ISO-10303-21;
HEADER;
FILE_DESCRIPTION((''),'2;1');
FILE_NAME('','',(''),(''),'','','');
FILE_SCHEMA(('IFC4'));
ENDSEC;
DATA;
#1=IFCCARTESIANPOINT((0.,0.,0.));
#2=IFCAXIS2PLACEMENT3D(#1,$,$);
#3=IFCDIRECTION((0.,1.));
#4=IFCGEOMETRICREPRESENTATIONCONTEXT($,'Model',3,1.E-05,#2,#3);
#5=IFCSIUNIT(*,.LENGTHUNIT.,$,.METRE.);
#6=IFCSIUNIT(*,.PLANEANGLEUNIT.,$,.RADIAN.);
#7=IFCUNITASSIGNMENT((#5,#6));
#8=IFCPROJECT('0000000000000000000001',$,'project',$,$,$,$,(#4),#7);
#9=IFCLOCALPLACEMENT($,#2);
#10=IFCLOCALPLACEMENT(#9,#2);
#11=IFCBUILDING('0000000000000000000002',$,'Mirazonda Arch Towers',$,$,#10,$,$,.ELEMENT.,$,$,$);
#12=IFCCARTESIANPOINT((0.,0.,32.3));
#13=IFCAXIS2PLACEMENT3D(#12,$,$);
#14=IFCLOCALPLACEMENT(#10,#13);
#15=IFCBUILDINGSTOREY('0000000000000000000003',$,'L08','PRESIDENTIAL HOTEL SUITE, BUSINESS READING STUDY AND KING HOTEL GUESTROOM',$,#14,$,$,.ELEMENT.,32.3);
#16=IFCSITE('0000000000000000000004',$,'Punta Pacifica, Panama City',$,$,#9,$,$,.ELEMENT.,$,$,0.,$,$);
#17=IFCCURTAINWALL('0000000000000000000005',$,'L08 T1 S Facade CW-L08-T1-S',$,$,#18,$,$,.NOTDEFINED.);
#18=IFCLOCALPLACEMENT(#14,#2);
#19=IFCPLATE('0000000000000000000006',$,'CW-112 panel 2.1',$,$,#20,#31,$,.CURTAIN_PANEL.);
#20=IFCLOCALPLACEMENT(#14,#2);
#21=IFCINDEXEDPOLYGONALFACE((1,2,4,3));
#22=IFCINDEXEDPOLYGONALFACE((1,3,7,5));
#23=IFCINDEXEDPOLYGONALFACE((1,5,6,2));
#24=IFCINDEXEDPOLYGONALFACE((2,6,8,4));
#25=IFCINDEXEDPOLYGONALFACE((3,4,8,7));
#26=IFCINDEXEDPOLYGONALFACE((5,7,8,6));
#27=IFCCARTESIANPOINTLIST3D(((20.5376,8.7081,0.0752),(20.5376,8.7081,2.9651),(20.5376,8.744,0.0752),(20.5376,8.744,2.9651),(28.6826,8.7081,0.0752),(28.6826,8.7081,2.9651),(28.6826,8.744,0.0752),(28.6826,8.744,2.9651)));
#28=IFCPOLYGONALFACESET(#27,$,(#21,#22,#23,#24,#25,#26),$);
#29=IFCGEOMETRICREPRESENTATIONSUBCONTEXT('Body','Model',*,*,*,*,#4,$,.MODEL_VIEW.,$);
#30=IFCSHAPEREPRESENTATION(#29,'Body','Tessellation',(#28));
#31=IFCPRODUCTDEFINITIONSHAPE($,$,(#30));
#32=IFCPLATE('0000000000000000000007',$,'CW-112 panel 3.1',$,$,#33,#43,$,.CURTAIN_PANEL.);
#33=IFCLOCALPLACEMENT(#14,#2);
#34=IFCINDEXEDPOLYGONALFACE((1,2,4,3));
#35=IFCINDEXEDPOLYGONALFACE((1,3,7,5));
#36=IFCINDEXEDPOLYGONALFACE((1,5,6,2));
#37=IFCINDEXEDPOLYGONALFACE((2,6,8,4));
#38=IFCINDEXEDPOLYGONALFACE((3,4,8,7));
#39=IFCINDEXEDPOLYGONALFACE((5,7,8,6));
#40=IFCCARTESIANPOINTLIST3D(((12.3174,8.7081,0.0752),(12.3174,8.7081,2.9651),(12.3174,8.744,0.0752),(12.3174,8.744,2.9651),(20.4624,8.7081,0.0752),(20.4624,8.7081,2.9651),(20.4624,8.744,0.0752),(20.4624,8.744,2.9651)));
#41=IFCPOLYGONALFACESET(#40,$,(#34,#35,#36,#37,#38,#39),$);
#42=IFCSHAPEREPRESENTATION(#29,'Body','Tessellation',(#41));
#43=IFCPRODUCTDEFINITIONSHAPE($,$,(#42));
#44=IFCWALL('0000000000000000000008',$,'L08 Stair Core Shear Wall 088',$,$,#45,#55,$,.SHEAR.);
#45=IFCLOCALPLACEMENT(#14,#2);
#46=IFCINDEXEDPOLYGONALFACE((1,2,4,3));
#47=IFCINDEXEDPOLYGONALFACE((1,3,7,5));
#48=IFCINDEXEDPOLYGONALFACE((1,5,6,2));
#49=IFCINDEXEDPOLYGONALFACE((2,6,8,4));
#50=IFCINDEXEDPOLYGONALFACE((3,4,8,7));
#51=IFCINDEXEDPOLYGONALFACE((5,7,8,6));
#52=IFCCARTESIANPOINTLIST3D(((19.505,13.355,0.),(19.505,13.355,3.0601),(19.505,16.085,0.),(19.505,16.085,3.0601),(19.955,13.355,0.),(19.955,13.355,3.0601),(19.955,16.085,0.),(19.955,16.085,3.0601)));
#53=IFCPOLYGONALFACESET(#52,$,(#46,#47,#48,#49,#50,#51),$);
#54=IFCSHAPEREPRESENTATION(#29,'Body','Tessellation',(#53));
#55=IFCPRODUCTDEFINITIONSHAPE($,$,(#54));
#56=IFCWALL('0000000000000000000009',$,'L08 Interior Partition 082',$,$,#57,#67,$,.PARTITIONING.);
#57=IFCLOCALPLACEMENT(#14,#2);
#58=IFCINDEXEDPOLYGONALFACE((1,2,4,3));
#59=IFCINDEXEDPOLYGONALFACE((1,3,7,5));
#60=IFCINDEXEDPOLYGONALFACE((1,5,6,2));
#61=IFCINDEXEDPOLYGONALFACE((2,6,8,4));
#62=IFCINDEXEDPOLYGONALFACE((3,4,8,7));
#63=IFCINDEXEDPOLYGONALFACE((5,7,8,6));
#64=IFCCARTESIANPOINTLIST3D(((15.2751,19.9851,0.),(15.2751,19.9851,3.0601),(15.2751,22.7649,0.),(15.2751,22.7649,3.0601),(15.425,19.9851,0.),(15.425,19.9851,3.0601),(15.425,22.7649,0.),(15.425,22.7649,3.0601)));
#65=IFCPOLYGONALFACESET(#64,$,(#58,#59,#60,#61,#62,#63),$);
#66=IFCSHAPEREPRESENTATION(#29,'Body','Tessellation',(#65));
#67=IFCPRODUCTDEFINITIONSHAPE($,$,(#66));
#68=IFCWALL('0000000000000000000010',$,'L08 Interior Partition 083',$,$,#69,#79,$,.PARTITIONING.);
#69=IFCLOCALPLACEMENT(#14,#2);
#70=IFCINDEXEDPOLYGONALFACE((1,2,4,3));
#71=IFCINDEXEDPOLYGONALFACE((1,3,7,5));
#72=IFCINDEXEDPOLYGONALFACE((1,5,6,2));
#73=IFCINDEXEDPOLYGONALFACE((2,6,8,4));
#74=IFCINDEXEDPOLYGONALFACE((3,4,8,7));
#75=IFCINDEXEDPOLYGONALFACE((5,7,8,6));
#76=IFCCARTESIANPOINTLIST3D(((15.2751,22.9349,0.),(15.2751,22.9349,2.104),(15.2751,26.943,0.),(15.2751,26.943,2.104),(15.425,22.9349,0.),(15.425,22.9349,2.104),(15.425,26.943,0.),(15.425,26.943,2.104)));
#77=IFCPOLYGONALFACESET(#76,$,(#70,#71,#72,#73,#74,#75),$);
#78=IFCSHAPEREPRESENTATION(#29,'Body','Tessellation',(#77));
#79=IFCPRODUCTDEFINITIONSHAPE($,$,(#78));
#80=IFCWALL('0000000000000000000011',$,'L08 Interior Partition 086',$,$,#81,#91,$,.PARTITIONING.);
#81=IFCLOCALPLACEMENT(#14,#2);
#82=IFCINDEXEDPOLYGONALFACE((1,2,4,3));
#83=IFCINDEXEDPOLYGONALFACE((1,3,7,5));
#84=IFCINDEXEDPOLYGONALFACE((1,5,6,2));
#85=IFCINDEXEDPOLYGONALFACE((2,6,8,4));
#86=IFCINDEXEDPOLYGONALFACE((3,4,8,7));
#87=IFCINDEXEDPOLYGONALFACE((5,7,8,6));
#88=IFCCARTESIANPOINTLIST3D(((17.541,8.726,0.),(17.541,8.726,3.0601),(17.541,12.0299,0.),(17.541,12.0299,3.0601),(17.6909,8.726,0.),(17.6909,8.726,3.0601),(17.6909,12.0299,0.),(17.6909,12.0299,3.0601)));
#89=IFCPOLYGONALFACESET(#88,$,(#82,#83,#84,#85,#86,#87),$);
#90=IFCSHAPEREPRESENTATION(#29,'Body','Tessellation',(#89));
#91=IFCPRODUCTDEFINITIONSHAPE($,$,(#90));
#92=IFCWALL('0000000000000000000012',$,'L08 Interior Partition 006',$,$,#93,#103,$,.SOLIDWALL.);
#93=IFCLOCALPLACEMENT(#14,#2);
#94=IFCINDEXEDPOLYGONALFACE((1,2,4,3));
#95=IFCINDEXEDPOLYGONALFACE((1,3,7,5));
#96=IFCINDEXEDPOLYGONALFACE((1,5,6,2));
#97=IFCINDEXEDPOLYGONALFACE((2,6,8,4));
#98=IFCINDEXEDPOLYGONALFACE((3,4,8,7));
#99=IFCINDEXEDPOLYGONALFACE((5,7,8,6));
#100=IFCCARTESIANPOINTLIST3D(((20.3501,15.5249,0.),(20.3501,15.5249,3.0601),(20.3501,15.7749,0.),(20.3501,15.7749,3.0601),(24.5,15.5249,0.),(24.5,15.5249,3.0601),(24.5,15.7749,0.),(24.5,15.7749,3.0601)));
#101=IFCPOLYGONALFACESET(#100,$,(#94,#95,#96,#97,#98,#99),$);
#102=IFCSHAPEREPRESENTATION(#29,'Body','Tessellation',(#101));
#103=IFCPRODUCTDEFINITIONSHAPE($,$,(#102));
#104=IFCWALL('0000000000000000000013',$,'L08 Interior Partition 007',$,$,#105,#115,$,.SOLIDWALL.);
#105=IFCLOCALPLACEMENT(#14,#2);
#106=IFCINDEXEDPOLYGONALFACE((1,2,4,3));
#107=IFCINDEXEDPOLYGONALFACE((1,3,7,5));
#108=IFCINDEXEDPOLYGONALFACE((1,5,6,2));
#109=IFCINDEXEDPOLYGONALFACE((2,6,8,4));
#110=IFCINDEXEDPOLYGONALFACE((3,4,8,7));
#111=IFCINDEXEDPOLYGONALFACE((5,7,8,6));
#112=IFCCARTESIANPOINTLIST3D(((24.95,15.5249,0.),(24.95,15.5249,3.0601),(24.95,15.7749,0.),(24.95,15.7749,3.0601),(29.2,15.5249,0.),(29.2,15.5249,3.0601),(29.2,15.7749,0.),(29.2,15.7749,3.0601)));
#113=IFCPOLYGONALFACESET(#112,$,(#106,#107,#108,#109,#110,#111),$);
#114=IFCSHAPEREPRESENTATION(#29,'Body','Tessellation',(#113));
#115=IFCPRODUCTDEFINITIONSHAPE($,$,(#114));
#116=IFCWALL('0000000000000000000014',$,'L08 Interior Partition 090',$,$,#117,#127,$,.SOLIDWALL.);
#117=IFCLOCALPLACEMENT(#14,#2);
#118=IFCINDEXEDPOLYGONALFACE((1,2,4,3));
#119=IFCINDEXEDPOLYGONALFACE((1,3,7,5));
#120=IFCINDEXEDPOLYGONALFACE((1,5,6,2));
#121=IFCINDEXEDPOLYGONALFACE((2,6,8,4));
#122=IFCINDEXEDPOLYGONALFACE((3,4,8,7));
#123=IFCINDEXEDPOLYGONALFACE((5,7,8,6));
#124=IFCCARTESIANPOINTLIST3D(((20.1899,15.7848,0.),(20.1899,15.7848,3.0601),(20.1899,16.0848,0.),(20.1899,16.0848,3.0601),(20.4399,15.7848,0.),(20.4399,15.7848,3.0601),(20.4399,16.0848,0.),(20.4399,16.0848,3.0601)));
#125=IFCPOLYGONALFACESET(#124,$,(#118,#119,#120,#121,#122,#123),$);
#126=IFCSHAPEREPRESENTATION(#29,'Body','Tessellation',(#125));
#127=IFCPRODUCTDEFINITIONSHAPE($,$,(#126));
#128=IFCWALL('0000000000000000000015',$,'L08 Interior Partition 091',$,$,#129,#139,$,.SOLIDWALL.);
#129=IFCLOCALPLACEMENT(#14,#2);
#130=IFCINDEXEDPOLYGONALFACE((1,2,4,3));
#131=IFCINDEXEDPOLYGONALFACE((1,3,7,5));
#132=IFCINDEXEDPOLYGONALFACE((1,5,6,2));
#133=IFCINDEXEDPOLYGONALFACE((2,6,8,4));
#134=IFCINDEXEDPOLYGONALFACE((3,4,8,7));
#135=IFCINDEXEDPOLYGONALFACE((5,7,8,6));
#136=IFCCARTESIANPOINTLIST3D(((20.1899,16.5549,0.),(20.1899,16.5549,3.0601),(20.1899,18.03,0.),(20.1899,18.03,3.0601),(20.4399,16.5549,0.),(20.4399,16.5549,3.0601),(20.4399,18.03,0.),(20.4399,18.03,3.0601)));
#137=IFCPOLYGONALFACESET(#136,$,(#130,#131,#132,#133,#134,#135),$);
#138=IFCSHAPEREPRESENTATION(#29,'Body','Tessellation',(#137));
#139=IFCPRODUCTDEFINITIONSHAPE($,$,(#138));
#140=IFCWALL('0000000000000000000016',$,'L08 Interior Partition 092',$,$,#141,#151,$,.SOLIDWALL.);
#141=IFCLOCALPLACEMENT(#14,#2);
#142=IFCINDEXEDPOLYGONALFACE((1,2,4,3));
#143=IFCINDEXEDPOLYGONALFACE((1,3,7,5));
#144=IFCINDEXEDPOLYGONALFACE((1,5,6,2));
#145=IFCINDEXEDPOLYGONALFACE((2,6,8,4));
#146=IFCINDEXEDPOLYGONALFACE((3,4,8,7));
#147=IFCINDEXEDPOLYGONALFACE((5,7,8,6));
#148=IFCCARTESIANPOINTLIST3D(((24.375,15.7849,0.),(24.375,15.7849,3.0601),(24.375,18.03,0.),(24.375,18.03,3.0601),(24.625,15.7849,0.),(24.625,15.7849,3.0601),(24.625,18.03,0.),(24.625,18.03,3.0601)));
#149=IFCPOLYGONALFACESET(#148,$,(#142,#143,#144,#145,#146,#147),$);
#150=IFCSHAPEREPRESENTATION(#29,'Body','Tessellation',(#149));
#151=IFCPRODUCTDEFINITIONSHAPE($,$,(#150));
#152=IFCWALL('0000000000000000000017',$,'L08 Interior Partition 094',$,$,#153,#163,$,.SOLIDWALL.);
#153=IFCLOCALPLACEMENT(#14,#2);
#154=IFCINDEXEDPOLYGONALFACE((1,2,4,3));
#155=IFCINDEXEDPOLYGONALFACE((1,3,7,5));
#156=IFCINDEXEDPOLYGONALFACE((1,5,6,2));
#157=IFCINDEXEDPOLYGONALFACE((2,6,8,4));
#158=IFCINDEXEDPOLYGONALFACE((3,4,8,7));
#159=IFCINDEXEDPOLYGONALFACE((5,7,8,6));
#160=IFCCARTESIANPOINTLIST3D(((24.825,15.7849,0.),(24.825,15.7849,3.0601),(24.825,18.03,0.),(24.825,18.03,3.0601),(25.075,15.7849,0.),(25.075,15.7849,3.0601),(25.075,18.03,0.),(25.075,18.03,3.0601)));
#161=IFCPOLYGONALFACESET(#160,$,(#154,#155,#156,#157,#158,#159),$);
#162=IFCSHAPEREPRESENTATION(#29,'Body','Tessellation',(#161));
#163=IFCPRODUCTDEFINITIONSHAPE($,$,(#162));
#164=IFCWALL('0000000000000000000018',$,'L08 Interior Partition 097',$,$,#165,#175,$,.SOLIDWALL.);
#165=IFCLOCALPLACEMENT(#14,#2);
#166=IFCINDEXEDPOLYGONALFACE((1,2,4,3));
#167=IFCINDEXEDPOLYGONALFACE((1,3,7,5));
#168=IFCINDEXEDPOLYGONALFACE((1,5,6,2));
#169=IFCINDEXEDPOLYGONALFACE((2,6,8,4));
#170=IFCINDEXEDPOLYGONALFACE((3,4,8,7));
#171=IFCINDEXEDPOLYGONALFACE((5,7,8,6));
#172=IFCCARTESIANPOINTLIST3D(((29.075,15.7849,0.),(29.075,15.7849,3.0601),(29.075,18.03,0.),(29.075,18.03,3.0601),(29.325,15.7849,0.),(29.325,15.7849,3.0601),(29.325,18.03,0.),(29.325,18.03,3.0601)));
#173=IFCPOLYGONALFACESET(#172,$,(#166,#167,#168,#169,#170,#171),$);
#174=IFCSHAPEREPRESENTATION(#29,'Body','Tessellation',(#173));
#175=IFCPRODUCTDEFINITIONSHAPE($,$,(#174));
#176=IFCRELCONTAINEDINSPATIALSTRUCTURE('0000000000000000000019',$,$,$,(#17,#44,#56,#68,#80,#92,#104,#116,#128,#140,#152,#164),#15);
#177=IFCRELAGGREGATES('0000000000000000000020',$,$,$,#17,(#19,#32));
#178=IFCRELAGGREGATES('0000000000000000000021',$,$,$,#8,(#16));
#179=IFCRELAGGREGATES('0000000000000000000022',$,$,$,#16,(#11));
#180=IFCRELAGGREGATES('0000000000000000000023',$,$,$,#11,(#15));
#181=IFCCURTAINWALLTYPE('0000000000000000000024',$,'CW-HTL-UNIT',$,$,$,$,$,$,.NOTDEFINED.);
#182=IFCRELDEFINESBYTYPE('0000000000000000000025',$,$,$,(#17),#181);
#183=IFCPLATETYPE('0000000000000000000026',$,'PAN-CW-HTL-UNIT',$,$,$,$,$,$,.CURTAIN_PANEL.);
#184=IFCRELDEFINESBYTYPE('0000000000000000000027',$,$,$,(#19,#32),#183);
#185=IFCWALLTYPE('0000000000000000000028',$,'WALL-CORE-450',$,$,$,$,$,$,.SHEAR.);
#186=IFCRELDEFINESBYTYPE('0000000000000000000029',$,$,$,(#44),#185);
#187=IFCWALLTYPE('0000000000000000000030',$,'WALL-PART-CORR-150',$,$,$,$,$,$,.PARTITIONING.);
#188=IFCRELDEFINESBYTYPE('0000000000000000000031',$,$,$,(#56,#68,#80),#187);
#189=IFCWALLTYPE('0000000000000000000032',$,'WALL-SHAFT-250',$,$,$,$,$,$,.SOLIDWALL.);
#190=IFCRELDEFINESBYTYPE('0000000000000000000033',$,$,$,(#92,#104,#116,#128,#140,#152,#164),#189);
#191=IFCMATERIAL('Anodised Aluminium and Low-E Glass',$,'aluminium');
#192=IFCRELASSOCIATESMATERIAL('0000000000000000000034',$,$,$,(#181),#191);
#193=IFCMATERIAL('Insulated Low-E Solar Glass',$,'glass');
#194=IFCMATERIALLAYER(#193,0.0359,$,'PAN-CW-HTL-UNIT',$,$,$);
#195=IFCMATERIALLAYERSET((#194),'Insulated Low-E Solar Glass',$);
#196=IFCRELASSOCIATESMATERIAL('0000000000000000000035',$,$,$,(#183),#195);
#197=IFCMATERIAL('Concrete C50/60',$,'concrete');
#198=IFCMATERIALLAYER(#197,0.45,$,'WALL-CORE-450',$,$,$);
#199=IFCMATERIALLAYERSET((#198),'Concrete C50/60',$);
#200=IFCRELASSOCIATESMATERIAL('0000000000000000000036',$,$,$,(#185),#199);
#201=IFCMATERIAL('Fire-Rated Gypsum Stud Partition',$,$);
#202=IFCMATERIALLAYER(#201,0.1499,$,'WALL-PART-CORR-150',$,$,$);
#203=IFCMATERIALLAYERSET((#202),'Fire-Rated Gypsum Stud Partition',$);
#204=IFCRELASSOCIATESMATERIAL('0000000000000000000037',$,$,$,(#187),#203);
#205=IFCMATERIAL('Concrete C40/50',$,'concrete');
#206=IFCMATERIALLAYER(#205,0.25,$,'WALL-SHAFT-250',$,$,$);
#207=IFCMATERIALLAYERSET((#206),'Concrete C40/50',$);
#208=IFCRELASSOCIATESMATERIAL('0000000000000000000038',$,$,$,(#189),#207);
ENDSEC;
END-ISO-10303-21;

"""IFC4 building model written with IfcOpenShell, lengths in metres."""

from ifc_helpers import new_model, si_unit, direction, frame, frame_2d, origin, origin_2d, place, context, subcontext, project, spatial, rectangle, extrude, material, layer, layer_set, type_object, element, aggregate, save


model = new_model("IFC4")

# Units and contexts
model_context = context("Model", 3, precision=1e-05, world=origin(), true_north=direction((0.0, 1.0)))
body_context = subcontext(model_context, "Body", "Model", "MODEL_VIEW")
ifc_project = project(units=[si_unit("LENGTHUNIT", "METRE"), si_unit("PLANEANGLEUNIT", "RADIAN")], contexts=[model_context])

# Site, building, storey
site_placement = place(None, origin())
site = spatial("IfcSite", under=ifc_project, at=site_placement, Name="Punta Pacifica, Panama City", CompositionType="ELEMENT", RefElevation=0.0)
building_placement = place(site_placement, origin())
building = spatial("IfcBuilding", under=site, at=building_placement, Name="Mirazonda Arch Towers", CompositionType="ELEMENT")
storey_placement = place(building_placement, frame((0.0, 0.0, 32.3)))
storey = spatial("IfcBuildingStorey", under=building, at=storey_placement, Name="L08", Description="PRESIDENTIAL HOTEL SUITE, BUSINESS READING STUDY AND KING HOTEL GUESTROOM", CompositionType="ELEMENT", Elevation=32.3)

# Curtain wall, plates
ifc_material_1 = material(Name="Anodised Aluminium and Low-E Glass", Category="aluminium")
curtain_wall_type = type_object("IfcCurtainWallType", Name="CW-HTL-UNIT", PredefinedType="NOTDEFINED", material=ifc_material_1)
curtain_wall_placement = place(storey_placement, origin())
curtain_wall = element("IfcCurtainWall", 1, at=curtain_wall_placement, inside=storey, type_object=curtain_wall_type, Name="L08 T1 S Facade CW-L08-T1-S", PredefinedType="NOTDEFINED")
ifc_material_2 = material(Name="Insulated Low-E Solar Glass", Category="glass")
ifc_layer_1 = layer(ifc_material_2, 0.0359, Name="PAN-CW-HTL-UNIT")
ifc_layer_set_1 = layer_set([ifc_layer_1], Name="Insulated Low-E Solar Glass")
plate_type = type_object("IfcPlateType", Name="PAN-CW-HTL-UNIT", PredefinedType="CURTAIN_PANEL", material=ifc_layer_set_1)
plate_1_placement = place(storey_placement, frame((24.6101, 8.7261, 0.0752), z_axis=(0.0, 0.0, 1.0), x_axis=(-1.0, 0.0, 0.0)))
plate_1 = element("IfcPlate", 2, at=plate_1_placement, type_object=plate_type, Name="CW-112 panel 2.1", PredefinedType="CURTAIN_PANEL", context=body_context, shape_type="SweptSolid", body=[
    extrude(rectangle(XDim=8.145, YDim=0.0359, at=origin_2d()), origin(), (0.0, 0.0, 1.0), 2.8899),
])
plate_2_placement = place(storey_placement, frame((16.3899, 8.7261, 0.0752), z_axis=(0.0, 0.0, 1.0), x_axis=(-1.0, 0.0, 0.0)))
plate_2 = element("IfcPlate", 3, at=plate_2_placement, type_object=plate_type, Name="CW-112 panel 3.1", PredefinedType="CURTAIN_PANEL", context=body_context, shape_type="SweptSolid", body=[
    extrude(rectangle(XDim=8.145, YDim=0.0359, at=origin_2d()), origin(), (0.0, 0.0, 1.0), 2.8899),
])
aggregate(curtain_wall, [plate_1, plate_2])

# Walls
ifc_material_3 = material(Name="Concrete C50/60", Category="concrete")
ifc_layer_2 = layer(ifc_material_3, 0.45, Name="WALL-CORE-450")
ifc_layer_set_2 = layer_set([ifc_layer_2], Name="Concrete C50/60")
wall_type_1 = type_object("IfcWallType", Name="WALL-CORE-450", PredefinedType="SHEAR", material=ifc_layer_set_2)
wall_1_placement = place(storey_placement, frame((19.73, 13.355, 0.0), z_axis=(0.0, 0.0, 1.0), x_axis=(0.0, 1.0, 0.0)))
element("IfcWall", 4, at=wall_1_placement, inside=storey, type_object=wall_type_1, Name="L08 Stair Core Shear Wall 088", PredefinedType="SHEAR", context=body_context, shape_type="SweptSolid", body=[
    extrude(rectangle(XDim=2.73, YDim=0.45, at=frame_2d((1.365, 0.0))), origin(), (0.0, 0.0, 1.0), 3.0601),
])
ifc_material_4 = material(Name="Fire-Rated Gypsum Stud Partition")
ifc_layer_3 = layer(ifc_material_4, 0.1499, Name="WALL-PART-CORR-150")
ifc_layer_set_3 = layer_set([ifc_layer_3], Name="Fire-Rated Gypsum Stud Partition")
wall_type_2 = type_object("IfcWallType", Name="WALL-PART-CORR-150", PredefinedType="PARTITIONING", material=ifc_layer_set_3)
wall_2_placement = place(storey_placement, frame((15.3501, 19.9851, 0.0), z_axis=(0.0, 0.0, 1.0), x_axis=(0.0, 1.0, 0.0)))
element("IfcWall", 5, at=wall_2_placement, inside=storey, type_object=wall_type_2, Name="L08 Interior Partition 082", PredefinedType="PARTITIONING", context=body_context, shape_type="SweptSolid", body=[
    extrude(rectangle(XDim=2.7798, YDim=0.1499, at=frame_2d((1.3899, 0.0))), origin(), (0.0, 0.0, 1.0), 3.0601),
])
wall_3_placement = place(storey_placement, frame((15.3501, 22.9351, 0.0), z_axis=(0.0, 0.0, 1.0), x_axis=(0.0, 1.0, 0.0)))
element("IfcWall", 6, at=wall_3_placement, inside=storey, type_object=wall_type_2, Name="L08 Interior Partition 083", PredefinedType="PARTITIONING", context=body_context, shape_type="SweptSolid", body=[
    extrude(rectangle(XDim=4.0081, YDim=0.1499, at=frame_2d((2.0039, 0.0))), origin(), (0.0, 0.0, 1.0), 2.104),
])
wall_4_placement = place(storey_placement, frame((17.616, 8.7261, 0.0), z_axis=(0.0, 0.0, 1.0), x_axis=(0.0, 1.0, 0.0)))
element("IfcWall", 7, at=wall_4_placement, inside=storey, type_object=wall_type_2, Name="L08 Interior Partition 086", PredefinedType="PARTITIONING", context=body_context, shape_type="SweptSolid", body=[
    extrude(rectangle(XDim=3.304, YDim=0.1499, at=frame_2d((1.6519, 0.0))), origin(), (0.0, 0.0, 1.0), 3.0601),
])
ifc_material_5 = material(Name="Concrete C40/50", Category="concrete")
ifc_layer_4 = layer(ifc_material_5, 0.25, Name="WALL-SHAFT-250")
ifc_layer_set_4 = layer_set([ifc_layer_4], Name="Concrete C40/50")
wall_type_3 = type_object("IfcWallType", Name="WALL-SHAFT-250", PredefinedType="SOLIDWALL", material=ifc_layer_set_4)
wall_5_placement = place(storey_placement, frame((20.3501, 15.6499, 0.0), z_axis=(0.0, 0.0, 1.0), x_axis=(1.0, 0.0, 0.0)))
element("IfcWall", 8, at=wall_5_placement, inside=storey, type_object=wall_type_3, Name="L08 Interior Partition 006", PredefinedType="SOLIDWALL", context=body_context, shape_type="SweptSolid", body=[
    extrude(rectangle(XDim=4.1499, YDim=0.25, at=frame_2d((2.075, 0.0))), origin(), (0.0, 0.0, 1.0), 3.0601),
])
wall_6_placement = place(storey_placement, frame((24.95, 15.6499, 0.0), z_axis=(0.0, 0.0, 1.0), x_axis=(1.0, 0.0, 0.0)))
element("IfcWall", 9, at=wall_6_placement, inside=storey, type_object=wall_type_3, Name="L08 Interior Partition 007", PredefinedType="SOLIDWALL", context=body_context, shape_type="SweptSolid", body=[
    extrude(rectangle(XDim=4.25, YDim=0.25, at=frame_2d((2.125, 0.0))), origin(), (0.0, 0.0, 1.0), 3.0601),
])
wall_7_placement = place(storey_placement, frame((20.3149, 15.7849, 0.0), z_axis=(0.0, 0.0, 1.0), x_axis=(0.0, 1.0, 0.0)))
element("IfcWall", 10, at=wall_7_placement, inside=storey, type_object=wall_type_3, Name="L08 Interior Partition 090", PredefinedType="SOLIDWALL", context=body_context, shape_type="SweptSolid", body=[
    extrude(rectangle(XDim=0.3, YDim=0.25, at=frame_2d((0.1499, 0.0))), origin(), (0.0, 0.0, 1.0), 3.0601),
])
wall_8_placement = place(storey_placement, frame((20.3149, 16.5549, 0.0), z_axis=(0.0, 0.0, 1.0), x_axis=(0.0, 1.0, 0.0)))
element("IfcWall", 11, at=wall_8_placement, inside=storey, type_object=wall_type_3, Name="L08 Interior Partition 091", PredefinedType="SOLIDWALL", context=body_context, shape_type="SweptSolid", body=[
    extrude(rectangle(XDim=1.4751, YDim=0.25, at=frame_2d((0.7375, 0.0))), origin(), (0.0, 0.0, 1.0), 3.0601),
])
for number, where, z_axis, x_axis, name in (
    (12, (24.5, 15.7849, 0.0), (0.0, 0.0, 1.0), (0.0, 1.0, 0.0), "L08 Interior Partition 092"),
    (13, (24.95, 15.7849, 0.0), (0.0, 0.0, 1.0), (0.0, 1.0, 0.0), "L08 Interior Partition 094"),
    (14, (29.2, 15.7849, 0.0), (0.0, 0.0, 1.0), (0.0, 1.0, 0.0), "L08 Interior Partition 097"),
):
    element("IfcWall", number, at=place(storey_placement, frame(where, z_axis=z_axis, x_axis=x_axis)), inside=storey, type_object=wall_type_3, Name=name, PredefinedType="SOLIDWALL", context=body_context, shape_type="SweptSolid", body=[
        extrude(rectangle(XDim=2.2451, YDim=0.25, at=frame_2d((1.1226, 0.0))), origin(), (0.0, 0.0, 1.0), 3.0601),
    ])

save(model, "model.ifc")
